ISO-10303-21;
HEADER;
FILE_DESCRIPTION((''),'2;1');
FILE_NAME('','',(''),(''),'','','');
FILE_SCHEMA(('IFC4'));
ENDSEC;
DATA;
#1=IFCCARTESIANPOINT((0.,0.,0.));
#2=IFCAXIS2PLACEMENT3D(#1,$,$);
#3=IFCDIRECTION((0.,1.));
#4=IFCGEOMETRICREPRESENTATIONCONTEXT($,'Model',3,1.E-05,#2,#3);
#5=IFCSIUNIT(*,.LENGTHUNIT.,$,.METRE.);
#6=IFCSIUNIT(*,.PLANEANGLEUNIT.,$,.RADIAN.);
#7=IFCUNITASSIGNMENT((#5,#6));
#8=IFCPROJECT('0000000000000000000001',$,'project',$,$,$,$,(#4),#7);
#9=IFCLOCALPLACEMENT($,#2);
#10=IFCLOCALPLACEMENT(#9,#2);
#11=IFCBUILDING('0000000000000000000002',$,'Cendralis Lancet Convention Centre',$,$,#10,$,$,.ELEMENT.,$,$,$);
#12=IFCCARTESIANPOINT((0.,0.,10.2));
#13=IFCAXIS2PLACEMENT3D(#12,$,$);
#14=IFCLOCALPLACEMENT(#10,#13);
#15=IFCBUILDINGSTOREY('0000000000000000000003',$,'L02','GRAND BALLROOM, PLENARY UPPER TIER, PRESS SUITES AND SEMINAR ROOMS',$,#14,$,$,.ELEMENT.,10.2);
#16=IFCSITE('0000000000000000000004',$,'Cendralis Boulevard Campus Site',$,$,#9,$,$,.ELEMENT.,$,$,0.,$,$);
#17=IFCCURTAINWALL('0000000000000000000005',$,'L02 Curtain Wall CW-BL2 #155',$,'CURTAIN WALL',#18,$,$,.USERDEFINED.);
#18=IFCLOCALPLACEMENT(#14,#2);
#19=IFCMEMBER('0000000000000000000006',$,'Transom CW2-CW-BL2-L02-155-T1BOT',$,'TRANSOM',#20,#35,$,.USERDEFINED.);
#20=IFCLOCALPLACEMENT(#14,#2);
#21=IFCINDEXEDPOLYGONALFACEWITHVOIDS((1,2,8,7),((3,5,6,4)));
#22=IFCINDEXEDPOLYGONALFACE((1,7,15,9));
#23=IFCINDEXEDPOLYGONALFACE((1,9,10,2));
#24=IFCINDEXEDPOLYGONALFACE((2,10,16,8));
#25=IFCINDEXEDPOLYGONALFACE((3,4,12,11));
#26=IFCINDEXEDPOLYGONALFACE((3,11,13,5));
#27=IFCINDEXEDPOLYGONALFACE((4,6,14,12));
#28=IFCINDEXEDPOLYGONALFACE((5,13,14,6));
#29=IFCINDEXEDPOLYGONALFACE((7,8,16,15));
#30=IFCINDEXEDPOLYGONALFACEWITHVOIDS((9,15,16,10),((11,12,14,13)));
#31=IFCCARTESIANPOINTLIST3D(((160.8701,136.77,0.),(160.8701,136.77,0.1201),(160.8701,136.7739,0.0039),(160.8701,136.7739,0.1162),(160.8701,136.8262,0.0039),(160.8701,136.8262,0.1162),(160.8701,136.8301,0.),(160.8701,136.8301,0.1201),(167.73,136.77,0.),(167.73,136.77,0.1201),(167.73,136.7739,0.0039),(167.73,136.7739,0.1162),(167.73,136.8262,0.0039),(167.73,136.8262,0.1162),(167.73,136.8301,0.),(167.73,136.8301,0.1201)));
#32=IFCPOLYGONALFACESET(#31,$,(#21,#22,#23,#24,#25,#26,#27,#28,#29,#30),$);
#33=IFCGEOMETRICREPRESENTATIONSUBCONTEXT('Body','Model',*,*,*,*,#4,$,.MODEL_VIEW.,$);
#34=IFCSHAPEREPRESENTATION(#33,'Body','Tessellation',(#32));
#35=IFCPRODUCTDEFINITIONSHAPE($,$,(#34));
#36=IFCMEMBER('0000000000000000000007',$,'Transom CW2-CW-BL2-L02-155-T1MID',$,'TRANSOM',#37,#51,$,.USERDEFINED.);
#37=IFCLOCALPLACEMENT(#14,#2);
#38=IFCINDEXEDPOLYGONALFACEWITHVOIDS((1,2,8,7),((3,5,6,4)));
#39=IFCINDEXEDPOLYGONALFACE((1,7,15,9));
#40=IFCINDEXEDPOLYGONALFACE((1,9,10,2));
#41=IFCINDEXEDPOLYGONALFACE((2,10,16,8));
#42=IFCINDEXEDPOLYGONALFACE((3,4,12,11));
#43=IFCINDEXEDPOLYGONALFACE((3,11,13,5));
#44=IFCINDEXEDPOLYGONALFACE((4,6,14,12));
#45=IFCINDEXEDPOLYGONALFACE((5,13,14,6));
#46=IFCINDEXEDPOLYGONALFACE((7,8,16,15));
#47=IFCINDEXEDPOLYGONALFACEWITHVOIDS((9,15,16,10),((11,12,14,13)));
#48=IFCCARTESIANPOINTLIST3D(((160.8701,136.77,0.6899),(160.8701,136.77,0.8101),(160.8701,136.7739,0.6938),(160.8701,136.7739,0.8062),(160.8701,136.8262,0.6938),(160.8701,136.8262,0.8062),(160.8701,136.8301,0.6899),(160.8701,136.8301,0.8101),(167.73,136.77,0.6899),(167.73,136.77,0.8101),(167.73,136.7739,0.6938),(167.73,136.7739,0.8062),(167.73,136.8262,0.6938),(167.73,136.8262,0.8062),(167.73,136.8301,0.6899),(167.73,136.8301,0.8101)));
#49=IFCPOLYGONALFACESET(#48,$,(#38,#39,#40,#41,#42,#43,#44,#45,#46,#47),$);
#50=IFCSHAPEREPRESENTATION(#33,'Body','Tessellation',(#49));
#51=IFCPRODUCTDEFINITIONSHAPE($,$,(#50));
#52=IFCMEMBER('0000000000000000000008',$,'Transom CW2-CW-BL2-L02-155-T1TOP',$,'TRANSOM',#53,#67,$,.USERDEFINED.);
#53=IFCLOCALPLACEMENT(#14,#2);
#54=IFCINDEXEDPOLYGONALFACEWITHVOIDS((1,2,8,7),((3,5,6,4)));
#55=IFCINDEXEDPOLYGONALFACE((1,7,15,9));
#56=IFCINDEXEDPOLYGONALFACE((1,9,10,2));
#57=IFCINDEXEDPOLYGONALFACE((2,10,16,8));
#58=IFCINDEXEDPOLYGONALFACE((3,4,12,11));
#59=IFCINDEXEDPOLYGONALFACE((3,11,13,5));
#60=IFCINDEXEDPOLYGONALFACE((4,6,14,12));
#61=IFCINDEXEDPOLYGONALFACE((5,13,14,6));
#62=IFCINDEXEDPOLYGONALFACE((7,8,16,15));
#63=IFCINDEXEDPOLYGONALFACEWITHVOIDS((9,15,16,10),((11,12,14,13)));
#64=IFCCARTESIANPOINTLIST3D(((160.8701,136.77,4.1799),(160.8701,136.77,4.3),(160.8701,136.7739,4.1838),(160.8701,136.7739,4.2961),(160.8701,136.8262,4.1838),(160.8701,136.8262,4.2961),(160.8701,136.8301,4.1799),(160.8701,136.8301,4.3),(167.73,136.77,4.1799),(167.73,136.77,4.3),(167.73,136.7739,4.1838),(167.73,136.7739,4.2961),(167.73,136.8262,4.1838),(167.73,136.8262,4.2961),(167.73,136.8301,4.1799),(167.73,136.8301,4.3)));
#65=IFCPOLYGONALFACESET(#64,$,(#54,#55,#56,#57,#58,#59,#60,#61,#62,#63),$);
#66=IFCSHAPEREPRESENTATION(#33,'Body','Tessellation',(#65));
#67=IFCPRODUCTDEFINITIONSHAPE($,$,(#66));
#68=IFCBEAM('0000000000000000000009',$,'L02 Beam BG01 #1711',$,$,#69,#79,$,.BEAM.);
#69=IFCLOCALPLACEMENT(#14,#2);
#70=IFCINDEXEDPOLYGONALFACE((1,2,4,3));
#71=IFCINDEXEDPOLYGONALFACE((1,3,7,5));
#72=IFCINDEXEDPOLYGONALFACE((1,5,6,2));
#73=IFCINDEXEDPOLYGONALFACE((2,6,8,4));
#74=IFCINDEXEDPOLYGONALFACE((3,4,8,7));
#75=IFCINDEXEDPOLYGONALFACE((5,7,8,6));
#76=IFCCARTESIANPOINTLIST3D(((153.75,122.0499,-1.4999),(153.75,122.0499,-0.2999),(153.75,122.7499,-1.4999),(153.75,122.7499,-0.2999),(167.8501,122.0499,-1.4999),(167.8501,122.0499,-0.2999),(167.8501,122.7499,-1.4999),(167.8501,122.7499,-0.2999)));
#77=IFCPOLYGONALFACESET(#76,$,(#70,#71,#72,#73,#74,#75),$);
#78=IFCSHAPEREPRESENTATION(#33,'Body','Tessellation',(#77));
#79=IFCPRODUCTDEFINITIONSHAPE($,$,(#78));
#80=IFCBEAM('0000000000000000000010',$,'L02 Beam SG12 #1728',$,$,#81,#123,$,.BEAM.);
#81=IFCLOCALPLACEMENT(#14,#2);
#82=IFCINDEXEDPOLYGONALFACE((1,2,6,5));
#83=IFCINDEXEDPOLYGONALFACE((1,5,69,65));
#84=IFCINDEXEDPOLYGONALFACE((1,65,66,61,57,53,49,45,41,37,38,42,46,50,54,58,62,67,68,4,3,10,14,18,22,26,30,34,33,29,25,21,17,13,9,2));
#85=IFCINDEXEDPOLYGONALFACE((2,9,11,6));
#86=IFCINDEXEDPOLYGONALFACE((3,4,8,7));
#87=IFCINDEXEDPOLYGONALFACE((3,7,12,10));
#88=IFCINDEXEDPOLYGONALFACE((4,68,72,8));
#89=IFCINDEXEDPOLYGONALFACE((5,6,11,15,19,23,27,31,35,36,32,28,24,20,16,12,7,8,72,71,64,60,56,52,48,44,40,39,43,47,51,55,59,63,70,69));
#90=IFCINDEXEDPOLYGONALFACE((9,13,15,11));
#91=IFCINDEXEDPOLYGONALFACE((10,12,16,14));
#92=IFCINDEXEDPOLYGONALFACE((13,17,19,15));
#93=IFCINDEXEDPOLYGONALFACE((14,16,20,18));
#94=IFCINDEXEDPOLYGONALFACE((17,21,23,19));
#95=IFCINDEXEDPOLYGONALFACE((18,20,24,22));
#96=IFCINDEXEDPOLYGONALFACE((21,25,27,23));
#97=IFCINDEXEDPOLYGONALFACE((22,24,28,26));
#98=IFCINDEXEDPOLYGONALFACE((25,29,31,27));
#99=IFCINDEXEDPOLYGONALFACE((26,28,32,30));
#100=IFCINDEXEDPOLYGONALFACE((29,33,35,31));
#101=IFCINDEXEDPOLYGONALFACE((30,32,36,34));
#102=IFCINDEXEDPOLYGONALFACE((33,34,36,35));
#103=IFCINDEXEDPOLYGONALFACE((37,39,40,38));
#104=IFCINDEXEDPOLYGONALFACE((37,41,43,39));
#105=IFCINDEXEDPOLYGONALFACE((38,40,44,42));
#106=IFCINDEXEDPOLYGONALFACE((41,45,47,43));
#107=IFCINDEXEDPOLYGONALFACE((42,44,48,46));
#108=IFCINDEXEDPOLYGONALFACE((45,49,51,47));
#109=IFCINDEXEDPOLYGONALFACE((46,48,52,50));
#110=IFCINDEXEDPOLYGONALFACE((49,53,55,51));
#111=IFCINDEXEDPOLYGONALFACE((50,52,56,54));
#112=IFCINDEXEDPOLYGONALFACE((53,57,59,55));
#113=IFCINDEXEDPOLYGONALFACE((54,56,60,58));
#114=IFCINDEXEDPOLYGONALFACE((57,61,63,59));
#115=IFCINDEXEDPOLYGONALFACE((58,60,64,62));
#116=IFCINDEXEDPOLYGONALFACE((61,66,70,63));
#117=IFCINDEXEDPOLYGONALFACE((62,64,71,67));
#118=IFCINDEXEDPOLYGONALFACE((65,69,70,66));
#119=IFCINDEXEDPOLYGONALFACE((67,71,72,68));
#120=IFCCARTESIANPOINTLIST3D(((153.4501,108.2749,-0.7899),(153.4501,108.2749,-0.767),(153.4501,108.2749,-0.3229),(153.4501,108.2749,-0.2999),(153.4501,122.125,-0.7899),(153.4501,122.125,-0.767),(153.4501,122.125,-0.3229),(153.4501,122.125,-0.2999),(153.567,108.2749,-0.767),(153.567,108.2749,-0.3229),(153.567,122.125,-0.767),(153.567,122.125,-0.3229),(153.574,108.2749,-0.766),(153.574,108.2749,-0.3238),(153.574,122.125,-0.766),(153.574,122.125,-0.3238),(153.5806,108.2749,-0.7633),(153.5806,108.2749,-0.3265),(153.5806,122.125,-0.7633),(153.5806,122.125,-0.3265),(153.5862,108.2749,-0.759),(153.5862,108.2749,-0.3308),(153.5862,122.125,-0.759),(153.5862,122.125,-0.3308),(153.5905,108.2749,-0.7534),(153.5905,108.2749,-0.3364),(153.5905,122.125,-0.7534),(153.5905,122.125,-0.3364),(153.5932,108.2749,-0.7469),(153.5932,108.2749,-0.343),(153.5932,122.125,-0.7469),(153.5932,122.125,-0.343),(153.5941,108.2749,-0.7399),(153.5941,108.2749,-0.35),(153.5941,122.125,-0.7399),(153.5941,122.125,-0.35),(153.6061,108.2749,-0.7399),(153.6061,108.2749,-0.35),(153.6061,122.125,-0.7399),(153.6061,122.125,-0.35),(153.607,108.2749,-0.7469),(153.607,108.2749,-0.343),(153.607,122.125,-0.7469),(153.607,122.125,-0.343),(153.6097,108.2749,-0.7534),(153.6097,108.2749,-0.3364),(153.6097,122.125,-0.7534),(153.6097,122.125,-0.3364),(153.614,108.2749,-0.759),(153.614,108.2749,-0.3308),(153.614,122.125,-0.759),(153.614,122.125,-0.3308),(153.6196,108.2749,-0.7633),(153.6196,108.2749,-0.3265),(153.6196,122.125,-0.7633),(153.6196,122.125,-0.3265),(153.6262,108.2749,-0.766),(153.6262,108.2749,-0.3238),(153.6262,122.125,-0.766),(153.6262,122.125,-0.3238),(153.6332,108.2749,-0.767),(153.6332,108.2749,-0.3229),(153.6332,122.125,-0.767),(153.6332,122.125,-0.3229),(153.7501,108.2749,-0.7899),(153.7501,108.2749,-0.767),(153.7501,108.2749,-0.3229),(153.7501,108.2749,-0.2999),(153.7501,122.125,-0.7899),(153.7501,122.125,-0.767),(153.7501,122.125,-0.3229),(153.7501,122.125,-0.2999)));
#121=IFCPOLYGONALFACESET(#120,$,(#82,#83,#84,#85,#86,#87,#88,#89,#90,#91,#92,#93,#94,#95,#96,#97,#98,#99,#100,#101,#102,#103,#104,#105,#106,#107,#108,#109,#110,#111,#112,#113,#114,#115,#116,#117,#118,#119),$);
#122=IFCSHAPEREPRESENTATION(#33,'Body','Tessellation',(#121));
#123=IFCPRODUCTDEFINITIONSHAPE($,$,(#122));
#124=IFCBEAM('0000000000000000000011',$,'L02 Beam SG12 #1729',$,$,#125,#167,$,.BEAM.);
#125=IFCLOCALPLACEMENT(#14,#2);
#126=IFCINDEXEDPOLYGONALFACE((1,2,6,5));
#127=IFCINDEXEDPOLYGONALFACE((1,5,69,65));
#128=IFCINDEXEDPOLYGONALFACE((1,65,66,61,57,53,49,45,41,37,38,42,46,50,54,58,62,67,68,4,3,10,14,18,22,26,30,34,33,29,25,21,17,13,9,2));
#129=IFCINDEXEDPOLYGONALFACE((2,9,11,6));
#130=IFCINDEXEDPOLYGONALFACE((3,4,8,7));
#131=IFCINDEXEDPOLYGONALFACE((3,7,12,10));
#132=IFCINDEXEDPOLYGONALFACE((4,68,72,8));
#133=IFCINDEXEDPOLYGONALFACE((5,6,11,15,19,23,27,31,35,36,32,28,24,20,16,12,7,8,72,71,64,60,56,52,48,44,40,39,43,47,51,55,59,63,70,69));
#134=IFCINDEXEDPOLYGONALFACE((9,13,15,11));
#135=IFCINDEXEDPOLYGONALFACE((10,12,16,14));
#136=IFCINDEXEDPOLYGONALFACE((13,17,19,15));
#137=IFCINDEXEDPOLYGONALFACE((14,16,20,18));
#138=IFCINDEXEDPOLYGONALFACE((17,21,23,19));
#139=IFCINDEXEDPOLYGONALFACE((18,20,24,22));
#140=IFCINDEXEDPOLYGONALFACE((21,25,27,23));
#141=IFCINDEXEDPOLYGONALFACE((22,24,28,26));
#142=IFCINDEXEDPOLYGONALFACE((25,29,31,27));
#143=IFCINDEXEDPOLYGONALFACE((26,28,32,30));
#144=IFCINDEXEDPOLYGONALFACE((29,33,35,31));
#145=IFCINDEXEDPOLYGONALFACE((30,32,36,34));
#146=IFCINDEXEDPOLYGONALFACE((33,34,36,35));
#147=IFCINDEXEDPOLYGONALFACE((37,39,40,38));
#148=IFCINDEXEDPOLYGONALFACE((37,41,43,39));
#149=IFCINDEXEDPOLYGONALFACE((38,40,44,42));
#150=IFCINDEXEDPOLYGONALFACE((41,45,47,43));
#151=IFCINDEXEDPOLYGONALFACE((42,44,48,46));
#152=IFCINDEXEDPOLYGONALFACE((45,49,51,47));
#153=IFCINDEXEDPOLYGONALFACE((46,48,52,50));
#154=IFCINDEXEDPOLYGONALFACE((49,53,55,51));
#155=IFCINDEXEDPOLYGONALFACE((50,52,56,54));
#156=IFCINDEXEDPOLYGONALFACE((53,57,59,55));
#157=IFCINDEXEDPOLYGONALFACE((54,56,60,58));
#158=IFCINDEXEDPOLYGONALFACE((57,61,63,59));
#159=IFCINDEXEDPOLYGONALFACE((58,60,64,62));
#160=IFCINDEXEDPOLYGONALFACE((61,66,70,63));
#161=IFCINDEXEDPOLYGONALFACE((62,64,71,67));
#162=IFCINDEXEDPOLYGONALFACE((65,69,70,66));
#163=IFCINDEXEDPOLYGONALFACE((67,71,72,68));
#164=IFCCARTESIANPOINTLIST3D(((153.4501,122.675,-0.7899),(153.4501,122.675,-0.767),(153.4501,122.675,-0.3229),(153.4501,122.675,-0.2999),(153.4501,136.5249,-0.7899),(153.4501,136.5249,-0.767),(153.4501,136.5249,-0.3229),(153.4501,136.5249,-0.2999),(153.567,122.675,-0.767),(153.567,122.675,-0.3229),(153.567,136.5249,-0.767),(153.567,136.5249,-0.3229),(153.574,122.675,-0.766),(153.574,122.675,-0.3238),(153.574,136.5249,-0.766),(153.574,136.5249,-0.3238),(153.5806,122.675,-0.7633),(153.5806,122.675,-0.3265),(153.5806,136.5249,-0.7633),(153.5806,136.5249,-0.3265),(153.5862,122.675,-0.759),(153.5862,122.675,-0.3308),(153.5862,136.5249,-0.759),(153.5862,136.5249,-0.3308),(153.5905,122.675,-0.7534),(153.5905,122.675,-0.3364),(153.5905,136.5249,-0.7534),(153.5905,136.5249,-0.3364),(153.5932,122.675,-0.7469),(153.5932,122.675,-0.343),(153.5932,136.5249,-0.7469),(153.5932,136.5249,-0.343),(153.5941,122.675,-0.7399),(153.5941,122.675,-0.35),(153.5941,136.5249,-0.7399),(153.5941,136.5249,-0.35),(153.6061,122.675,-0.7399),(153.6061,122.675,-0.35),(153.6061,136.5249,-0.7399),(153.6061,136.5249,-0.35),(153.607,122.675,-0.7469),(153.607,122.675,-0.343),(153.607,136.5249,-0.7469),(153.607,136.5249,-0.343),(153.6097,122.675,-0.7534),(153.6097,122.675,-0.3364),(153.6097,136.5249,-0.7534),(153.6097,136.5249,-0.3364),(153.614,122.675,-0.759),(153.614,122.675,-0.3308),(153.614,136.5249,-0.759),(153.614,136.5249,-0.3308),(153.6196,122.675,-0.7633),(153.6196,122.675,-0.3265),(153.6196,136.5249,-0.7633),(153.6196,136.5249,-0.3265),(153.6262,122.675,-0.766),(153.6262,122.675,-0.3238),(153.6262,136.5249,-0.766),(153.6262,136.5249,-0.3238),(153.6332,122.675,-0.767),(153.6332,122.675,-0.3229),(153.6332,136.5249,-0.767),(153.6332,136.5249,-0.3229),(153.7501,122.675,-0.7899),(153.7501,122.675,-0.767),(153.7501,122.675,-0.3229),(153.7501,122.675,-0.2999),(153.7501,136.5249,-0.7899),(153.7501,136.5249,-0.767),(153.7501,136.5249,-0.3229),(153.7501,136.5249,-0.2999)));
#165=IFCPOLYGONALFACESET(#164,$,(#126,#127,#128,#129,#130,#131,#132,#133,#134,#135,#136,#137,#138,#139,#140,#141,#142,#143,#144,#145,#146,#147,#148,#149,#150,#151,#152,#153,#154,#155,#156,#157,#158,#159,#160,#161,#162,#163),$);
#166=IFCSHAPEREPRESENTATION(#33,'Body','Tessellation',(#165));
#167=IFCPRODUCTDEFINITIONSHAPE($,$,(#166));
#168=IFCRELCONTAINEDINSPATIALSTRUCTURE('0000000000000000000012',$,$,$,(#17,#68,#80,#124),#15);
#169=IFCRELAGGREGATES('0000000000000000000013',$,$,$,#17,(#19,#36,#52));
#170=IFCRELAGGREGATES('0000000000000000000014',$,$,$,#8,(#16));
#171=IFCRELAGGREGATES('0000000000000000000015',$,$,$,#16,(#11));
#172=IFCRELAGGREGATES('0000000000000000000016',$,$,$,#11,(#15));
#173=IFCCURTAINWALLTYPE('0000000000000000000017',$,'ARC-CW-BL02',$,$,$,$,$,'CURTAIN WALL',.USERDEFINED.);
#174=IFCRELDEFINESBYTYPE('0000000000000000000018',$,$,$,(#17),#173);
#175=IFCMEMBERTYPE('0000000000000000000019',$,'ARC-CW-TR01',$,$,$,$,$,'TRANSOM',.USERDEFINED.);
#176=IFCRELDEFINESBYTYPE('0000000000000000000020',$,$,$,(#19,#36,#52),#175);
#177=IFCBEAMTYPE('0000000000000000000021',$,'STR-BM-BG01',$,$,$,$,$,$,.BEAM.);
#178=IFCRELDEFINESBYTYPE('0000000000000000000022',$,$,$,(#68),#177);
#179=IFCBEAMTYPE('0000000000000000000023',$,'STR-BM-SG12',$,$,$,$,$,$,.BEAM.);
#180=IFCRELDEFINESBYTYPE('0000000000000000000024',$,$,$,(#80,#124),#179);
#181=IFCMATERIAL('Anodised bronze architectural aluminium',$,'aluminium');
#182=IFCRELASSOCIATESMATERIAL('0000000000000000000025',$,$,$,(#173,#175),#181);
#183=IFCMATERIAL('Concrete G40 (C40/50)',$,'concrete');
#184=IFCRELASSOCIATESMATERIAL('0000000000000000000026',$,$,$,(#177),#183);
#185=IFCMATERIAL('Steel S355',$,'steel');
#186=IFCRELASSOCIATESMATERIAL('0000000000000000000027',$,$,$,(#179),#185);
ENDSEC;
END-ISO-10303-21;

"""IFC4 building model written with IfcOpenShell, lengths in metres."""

from ifc_helpers import new_model, si_unit, direction, frame, origin, origin_2d, place, context, subcontext, project, spatial, rectangle, hollow_rectangle, i_section, extrude, material, material_profile, profile_set, type_object, element, aggregate, save


model = new_model("IFC4")

# Units and contexts
model_context = context("Model", 3, precision=1e-05, world=origin(), true_north=direction((0.0, 1.0)))
body_context = subcontext(model_context, "Body", "Model", "MODEL_VIEW")
ifc_project = project(units=[si_unit("LENGTHUNIT", "METRE"), si_unit("PLANEANGLEUNIT", "RADIAN")], contexts=[model_context])

# Site, building, storey
site_placement = place(None, origin())
site = spatial("IfcSite", under=ifc_project, at=site_placement, Name="Cendralis Boulevard Campus Site", CompositionType="ELEMENT", RefElevation=0.0)
building_placement = place(site_placement, origin())
building = spatial("IfcBuilding", under=site, at=building_placement, Name="Cendralis Lancet Convention Centre", CompositionType="ELEMENT")
storey_placement = place(building_placement, frame((0.0, 0.0, 10.2)))
storey = spatial("IfcBuildingStorey", under=building, at=storey_placement, Name="L02", Description="GRAND BALLROOM, PLENARY UPPER TIER, PRESS SUITES AND SEMINAR ROOMS", CompositionType="ELEMENT", Elevation=10.2)

# Shared definitions
ifc_material_1 = material(Name="Steel S355", Category="steel")

# Curtain wall, members
ifc_material_2 = material(Name="Anodised bronze architectural aluminium", Category="aluminium")
curtain_wall_type = type_object("IfcCurtainWallType", Name="ARC-CW-BL02", ElementType="CURTAIN WALL", PredefinedType="USERDEFINED", material=ifc_material_2)
curtain_wall_placement = place(storey_placement, origin())
curtain_wall = element("IfcCurtainWall", 1, at=curtain_wall_placement, inside=storey, type_object=curtain_wall_type, Name="L02 Curtain Wall CW-BL2 #155", ObjectType="CURTAIN WALL", PredefinedType="USERDEFINED")
ifc_material_profile_1 = material_profile(ifc_material_2, hollow_rectangle(XDim=0.0601, YDim=0.1201, WallThickness=0.0039, at=origin_2d()), Name="AL-TRAN 60x120x4.0")
ifc_profile_set_1 = profile_set([ifc_material_profile_1], Name="Anodised bronze architectural aluminium")
member_type_1 = type_object("IfcMemberType", Name="ARC-CW-TR01", ElementType="TRANSOM", PredefinedType="USERDEFINED", material=ifc_profile_set_1)
member_1_placement = place(storey_placement, frame((160.8701, 136.8, 0.0601), z_axis=(1.0, 0.0, 0.0), x_axis=(0.0, 1.0, 0.0)))
member_1 = element("IfcMember", 2, at=member_1_placement, type_object=member_type_1, Name="Transom CW2-CW-BL2-L02-155-T1BOT", ObjectType="TRANSOM", PredefinedType="USERDEFINED", context=body_context, shape_type="SweptSolid", body=[
    extrude(hollow_rectangle(XDim=0.0601, YDim=0.1201, WallThickness=0.0039, at=origin_2d()), origin(), (0.0, 0.0, 1.0), 6.8599),
])
member_2_placement = place(storey_placement, frame((160.8701, 136.8, 0.75), z_axis=(1.0, 0.0, 0.0), x_axis=(0.0, 1.0, 0.0)))
member_2 = element("IfcMember", 3, at=member_2_placement, type_object=member_type_1, Name="Transom CW2-CW-BL2-L02-155-T1MID", ObjectType="TRANSOM", PredefinedType="USERDEFINED", context=body_context, shape_type="SweptSolid", body=[
    extrude(hollow_rectangle(XDim=0.0601, YDim=0.1201, WallThickness=0.0039, at=origin_2d()), origin(), (0.0, 0.0, 1.0), 6.8599),
])
member_3_placement = place(storey_placement, frame((160.8701, 136.8, 4.24), z_axis=(1.0, 0.0, 0.0), x_axis=(0.0, 1.0, 0.0)))
member_3 = element("IfcMember", 4, at=member_3_placement, type_object=member_type_1, Name="Transom CW2-CW-BL2-L02-155-T1TOP", ObjectType="TRANSOM", PredefinedType="USERDEFINED", context=body_context, shape_type="SweptSolid", body=[
    extrude(hollow_rectangle(XDim=0.0601, YDim=0.1201, WallThickness=0.0039, at=origin_2d()), origin(), (0.0, 0.0, 1.0), 6.8599),
])

# Beams
ifc_material_3 = material(Name="Concrete G40 (C40/50)", Category="concrete")
ifc_material_profile_2 = material_profile(ifc_material_3, rectangle(XDim=0.7, YDim=1.2, at=origin_2d()), Name="RCB 700x1200")
ifc_profile_set_2 = profile_set([ifc_material_profile_2], Name="Concrete G40 (C40/50)")
beam_type_1 = type_object("IfcBeamType", Name="STR-BM-BG01", PredefinedType="BEAM", material=ifc_profile_set_2)
beam_1_placement = place(storey_placement, frame((153.75, 122.3999, -0.8999), z_axis=(1.0, 0.0, 0.0), x_axis=(0.0, 1.0, 0.0)))
element("IfcBeam", 5, at=beam_1_placement, inside=storey, type_object=beam_type_1, Name="L02 Beam BG01 #1711", PredefinedType="BEAM", context=body_context, shape_type="SweptSolid", body=[
    extrude(rectangle(XDim=0.7, YDim=1.2, at=origin_2d()), origin(), (0.0, 0.0, 1.0), 14.1001),
])
ifc_material_profile_3 = material_profile(ifc_material_1, i_section(OverallWidth=0.3, OverallDepth=0.49, WebThickness=0.012, FlangeThickness=0.0229, FilletRadius=0.0271, at=origin_2d()), Name="HEA 500")
ifc_profile_set_3 = profile_set([ifc_material_profile_3], Name="Steel S355")
beam_type_2 = type_object("IfcBeamType", Name="STR-BM-SG12", PredefinedType="BEAM", material=ifc_profile_set_3)
beam_2_placement = place(storey_placement, frame((153.6001, 108.2749, -0.5449), z_axis=(0.0, 1.0, 0.0), x_axis=(-1.0, 0.0, 0.0)))
element("IfcBeam", 6, at=beam_2_placement, inside=storey, type_object=beam_type_2, Name="L02 Beam SG12 #1728", PredefinedType="BEAM", context=body_context, shape_type="SweptSolid", body=[
    extrude(i_section(OverallWidth=0.3, OverallDepth=0.49, WebThickness=0.012, FlangeThickness=0.0229, FilletRadius=0.0271, at=origin_2d()), origin(), (0.0, 0.0, 1.0), 13.8501),
])
beam_3_placement = place(storey_placement, frame((153.6001, 122.675, -0.5449), z_axis=(0.0, 1.0, 0.0), x_axis=(-1.0, 0.0, 0.0)))
element("IfcBeam", 7, at=beam_3_placement, inside=storey, type_object=beam_type_2, Name="L02 Beam SG12 #1729", PredefinedType="BEAM", context=body_context, shape_type="SweptSolid", body=[
    extrude(i_section(OverallWidth=0.3, OverallDepth=0.49, WebThickness=0.012, FlangeThickness=0.0229, FilletRadius=0.0271, at=origin_2d()), origin(), (0.0, 0.0, 1.0), 13.8499),
])

aggregate(curtain_wall, [member_1, member_2, member_3])

save(model, "model.ifc")
